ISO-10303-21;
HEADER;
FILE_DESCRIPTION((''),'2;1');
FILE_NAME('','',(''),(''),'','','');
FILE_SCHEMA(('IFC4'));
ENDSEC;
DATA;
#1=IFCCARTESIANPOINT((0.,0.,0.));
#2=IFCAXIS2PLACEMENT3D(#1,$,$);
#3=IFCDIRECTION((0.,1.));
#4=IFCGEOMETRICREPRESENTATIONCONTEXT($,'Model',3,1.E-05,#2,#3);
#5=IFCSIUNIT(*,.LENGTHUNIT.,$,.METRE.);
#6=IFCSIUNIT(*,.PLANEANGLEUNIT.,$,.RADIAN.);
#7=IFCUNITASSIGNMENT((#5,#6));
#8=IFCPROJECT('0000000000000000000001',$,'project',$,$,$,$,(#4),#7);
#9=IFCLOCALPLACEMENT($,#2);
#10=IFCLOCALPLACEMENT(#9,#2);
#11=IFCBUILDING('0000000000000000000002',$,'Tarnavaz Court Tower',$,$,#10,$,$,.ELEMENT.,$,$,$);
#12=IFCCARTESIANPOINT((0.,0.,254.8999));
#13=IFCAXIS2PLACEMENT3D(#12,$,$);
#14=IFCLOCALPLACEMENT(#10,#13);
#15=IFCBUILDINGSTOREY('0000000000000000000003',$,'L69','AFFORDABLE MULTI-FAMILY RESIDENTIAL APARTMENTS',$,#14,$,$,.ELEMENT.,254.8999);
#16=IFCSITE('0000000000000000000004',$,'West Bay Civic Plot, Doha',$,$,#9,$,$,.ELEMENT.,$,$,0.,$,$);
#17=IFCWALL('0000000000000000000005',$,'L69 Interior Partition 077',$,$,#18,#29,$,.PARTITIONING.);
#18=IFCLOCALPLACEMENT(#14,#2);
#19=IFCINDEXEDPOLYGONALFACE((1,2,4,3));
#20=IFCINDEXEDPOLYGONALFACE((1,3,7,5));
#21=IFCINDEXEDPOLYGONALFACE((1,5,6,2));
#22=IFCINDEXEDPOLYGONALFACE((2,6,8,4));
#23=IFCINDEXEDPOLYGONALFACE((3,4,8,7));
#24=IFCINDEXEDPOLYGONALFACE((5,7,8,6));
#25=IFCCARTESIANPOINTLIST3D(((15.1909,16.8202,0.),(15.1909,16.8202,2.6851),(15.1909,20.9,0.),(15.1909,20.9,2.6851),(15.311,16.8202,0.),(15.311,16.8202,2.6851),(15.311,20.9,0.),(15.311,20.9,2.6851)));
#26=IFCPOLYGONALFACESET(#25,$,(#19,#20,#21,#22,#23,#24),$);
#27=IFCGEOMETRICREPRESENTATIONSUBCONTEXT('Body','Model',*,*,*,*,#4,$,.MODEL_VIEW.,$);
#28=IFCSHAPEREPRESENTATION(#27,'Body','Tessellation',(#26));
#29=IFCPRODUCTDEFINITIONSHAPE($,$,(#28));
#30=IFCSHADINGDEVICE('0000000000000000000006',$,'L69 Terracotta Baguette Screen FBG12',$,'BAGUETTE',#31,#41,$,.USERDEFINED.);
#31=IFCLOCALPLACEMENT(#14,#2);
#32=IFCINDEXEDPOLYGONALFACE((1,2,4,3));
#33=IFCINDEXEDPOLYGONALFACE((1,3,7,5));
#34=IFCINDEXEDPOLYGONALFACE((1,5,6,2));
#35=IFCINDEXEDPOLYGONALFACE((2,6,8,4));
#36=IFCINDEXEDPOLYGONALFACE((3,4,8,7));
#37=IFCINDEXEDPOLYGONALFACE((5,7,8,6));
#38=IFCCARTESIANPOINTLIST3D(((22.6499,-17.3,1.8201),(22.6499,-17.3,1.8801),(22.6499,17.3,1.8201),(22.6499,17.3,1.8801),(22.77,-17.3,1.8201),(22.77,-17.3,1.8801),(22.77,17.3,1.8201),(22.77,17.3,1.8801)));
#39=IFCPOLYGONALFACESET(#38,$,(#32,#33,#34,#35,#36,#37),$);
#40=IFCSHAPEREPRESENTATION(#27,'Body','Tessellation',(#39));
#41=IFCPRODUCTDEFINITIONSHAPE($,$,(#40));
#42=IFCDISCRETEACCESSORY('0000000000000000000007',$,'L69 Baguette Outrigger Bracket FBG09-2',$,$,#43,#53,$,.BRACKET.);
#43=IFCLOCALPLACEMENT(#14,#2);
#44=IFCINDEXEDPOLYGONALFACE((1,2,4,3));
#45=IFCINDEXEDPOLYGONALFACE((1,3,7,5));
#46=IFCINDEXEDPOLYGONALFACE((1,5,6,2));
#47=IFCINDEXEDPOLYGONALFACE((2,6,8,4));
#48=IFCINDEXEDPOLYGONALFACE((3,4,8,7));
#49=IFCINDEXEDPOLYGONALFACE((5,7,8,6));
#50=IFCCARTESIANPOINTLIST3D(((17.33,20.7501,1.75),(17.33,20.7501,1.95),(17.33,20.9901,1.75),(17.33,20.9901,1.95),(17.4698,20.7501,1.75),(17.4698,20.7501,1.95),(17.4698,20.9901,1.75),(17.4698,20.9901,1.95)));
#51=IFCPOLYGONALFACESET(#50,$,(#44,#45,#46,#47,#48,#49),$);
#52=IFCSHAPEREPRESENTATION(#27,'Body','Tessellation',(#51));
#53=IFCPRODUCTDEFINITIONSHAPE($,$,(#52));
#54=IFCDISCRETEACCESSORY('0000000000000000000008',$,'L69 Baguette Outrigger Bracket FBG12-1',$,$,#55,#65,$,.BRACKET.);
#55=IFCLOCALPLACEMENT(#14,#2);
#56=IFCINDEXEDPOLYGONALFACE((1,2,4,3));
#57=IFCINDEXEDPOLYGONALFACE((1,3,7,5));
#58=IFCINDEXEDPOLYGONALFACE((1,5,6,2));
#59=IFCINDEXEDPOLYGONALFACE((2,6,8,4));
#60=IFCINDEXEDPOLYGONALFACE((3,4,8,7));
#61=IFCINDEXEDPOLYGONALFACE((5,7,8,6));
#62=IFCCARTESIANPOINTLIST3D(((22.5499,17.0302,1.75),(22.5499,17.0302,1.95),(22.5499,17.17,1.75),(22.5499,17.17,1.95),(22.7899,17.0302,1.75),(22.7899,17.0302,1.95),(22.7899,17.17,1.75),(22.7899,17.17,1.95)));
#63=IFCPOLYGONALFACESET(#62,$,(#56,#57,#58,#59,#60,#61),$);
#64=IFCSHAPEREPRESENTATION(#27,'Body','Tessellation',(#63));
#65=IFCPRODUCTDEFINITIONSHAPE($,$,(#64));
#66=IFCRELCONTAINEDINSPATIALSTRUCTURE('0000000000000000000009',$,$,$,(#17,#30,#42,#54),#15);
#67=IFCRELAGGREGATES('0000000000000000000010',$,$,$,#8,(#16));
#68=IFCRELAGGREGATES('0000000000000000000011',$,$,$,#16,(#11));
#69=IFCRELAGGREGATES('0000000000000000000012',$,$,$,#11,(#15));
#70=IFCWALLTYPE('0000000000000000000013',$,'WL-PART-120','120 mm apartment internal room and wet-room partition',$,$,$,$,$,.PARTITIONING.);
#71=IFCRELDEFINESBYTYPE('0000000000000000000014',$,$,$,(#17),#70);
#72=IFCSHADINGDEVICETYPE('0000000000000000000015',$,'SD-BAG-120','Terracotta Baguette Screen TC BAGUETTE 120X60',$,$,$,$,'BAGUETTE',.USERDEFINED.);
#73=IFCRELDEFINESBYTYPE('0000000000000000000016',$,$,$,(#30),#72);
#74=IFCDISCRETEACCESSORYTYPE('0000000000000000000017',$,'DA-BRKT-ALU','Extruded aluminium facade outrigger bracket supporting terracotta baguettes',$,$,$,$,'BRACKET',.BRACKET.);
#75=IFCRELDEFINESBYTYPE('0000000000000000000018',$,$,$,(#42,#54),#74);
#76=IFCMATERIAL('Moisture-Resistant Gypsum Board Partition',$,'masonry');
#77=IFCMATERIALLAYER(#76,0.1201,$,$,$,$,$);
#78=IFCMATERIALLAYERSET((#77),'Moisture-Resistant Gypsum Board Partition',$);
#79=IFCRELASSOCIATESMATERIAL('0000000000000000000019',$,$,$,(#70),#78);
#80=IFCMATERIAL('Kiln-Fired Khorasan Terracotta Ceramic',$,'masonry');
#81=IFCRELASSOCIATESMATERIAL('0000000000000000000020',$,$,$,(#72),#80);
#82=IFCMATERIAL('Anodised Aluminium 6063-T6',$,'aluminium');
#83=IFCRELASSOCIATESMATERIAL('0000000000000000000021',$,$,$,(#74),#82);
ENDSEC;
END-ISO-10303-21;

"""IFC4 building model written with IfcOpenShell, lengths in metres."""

from ifc_helpers import new_model, si_unit, direction, frame, frame_2d, origin, origin_2d, place, context, subcontext, project, spatial, rectangle, extrude, material, layer, layer_set, material_profile, profile_set, type_object, element, save


model = new_model("IFC4")

# Units and contexts
model_context = context("Model", 3, precision=1e-05, world=origin(), true_north=direction((0.0, 1.0)))
body_context = subcontext(model_context, "Body", "Model", "MODEL_VIEW")
ifc_project = project(units=[si_unit("LENGTHUNIT", "METRE"), si_unit("PLANEANGLEUNIT", "RADIAN")], contexts=[model_context])

# Site, building, storey
site_placement = place(None, origin())
site = spatial("IfcSite", under=ifc_project, at=site_placement, Name="West Bay Civic Plot, Doha", CompositionType="ELEMENT", RefElevation=0.0)
building_placement = place(site_placement, origin())
building = spatial("IfcBuilding", under=site, at=building_placement, Name="Tarnavaz Court Tower", CompositionType="ELEMENT")
storey_placement = place(building_placement, frame((0.0, 0.0, 254.8999)))
storey = spatial("IfcBuildingStorey", under=building, at=storey_placement, Name="L69", Description="AFFORDABLE MULTI-FAMILY RESIDENTIAL APARTMENTS", CompositionType="ELEMENT", Elevation=254.8999)

# Shared definitions
ifc_material_1 = material(Name="Moisture-Resistant Gypsum Board Partition", Category="masonry")
ifc_layer_1 = layer(ifc_material_1, 0.1201)
ifc_layer_set_1 = layer_set([ifc_layer_1], Name="Moisture-Resistant Gypsum Board Partition")
wall_type_1 = type_object("IfcWallType", Name="WL-PART-120", Description="120 mm apartment internal room and wet-room partition", PredefinedType="PARTITIONING", material=ifc_layer_set_1)

# Wall
wall_1_placement = place(storey_placement, frame((15.251, 16.8201, 0.0), z_axis=(0.0, 0.0, 1.0), x_axis=(0.0, 1.0, 0.0)))
element("IfcWall", 1, at=wall_1_placement, inside=storey, type_object=wall_type_1, Name="L69 Interior Partition 077", PredefinedType="PARTITIONING", context=body_context, shape_type="SweptSolid", body=[
    extrude(rectangle(XDim=4.0798, YDim=0.1201, at=frame_2d((2.04, 0.0))), origin(), (0.0, 0.0, 1.0), 2.6851),
])

# Shading device
ifc_material_2 = material(Name="Kiln-Fired Khorasan Terracotta Ceramic", Category="masonry")
ifc_material_profile_1 = material_profile(ifc_material_2, rectangle(XDim=0.1201, YDim=0.0601, at=origin_2d()), Name="TC BAGUETTE 120X60")
ifc_profile_set_1 = profile_set([ifc_material_profile_1], Name="Kiln-Fired Khorasan Terracotta Ceramic")
shading_device_type = type_object("IfcShadingDeviceType", Name="SD-BAG-120", Description="Terracotta Baguette Screen TC BAGUETTE 120X60", ElementType="BAGUETTE", PredefinedType="USERDEFINED", material=ifc_profile_set_1)
shading_device_placement = place(storey_placement, frame((22.71, 17.3, 1.8501), z_axis=(0.0, -1.0, 0.0), x_axis=(1.0, 0.0, 0.0)))
element("IfcShadingDevice", 2, at=shading_device_placement, inside=storey, type_object=shading_device_type, Name="L69 Terracotta Baguette Screen FBG12", ObjectType="BAGUETTE", PredefinedType="USERDEFINED", context=body_context, shape_type="SweptSolid", body=[
    extrude(rectangle(XDim=0.1201, YDim=0.0601, at=origin_2d()), origin(), (0.0, 0.0, 1.0), 34.6001),
])

# Discrete accessories
ifc_material_3 = material(Name="Anodised Aluminium 6063-T6", Category="aluminium")
discrete_accessory_type = type_object("IfcDiscreteAccessoryType", Name="DA-BRKT-ALU", Description="Extruded aluminium facade outrigger bracket supporting terracotta baguettes", ElementType="BRACKET", PredefinedType="BRACKET", material=ifc_material_3)
for number, where, z_axis, x_axis, name in (
    (3, (17.3999, 20.8701, 1.75), (0.0, 0.0, 1.0), (1.0, 0.0, 0.0), "L69 Baguette Outrigger Bracket FBG09-2"),
    (4, (22.6699, 17.1001, 1.75), (0.0, 0.0, 1.0), (0.0, -1.0, 0.0), "L69 Baguette Outrigger Bracket FBG12-1"),
):
    element("IfcDiscreteAccessory", number, at=place(storey_placement, frame(where, z_axis=z_axis, x_axis=x_axis)), inside=storey, type_object=discrete_accessory_type, Name=name, PredefinedType="BRACKET", context=body_context, shape_type="SweptSolid", body=[
        extrude(rectangle(XDim=0.1399, YDim=0.24, at=origin_2d()), origin(), (0.0, 0.0, 1.0), 0.2),
    ])

save(model, "model.ifc")
